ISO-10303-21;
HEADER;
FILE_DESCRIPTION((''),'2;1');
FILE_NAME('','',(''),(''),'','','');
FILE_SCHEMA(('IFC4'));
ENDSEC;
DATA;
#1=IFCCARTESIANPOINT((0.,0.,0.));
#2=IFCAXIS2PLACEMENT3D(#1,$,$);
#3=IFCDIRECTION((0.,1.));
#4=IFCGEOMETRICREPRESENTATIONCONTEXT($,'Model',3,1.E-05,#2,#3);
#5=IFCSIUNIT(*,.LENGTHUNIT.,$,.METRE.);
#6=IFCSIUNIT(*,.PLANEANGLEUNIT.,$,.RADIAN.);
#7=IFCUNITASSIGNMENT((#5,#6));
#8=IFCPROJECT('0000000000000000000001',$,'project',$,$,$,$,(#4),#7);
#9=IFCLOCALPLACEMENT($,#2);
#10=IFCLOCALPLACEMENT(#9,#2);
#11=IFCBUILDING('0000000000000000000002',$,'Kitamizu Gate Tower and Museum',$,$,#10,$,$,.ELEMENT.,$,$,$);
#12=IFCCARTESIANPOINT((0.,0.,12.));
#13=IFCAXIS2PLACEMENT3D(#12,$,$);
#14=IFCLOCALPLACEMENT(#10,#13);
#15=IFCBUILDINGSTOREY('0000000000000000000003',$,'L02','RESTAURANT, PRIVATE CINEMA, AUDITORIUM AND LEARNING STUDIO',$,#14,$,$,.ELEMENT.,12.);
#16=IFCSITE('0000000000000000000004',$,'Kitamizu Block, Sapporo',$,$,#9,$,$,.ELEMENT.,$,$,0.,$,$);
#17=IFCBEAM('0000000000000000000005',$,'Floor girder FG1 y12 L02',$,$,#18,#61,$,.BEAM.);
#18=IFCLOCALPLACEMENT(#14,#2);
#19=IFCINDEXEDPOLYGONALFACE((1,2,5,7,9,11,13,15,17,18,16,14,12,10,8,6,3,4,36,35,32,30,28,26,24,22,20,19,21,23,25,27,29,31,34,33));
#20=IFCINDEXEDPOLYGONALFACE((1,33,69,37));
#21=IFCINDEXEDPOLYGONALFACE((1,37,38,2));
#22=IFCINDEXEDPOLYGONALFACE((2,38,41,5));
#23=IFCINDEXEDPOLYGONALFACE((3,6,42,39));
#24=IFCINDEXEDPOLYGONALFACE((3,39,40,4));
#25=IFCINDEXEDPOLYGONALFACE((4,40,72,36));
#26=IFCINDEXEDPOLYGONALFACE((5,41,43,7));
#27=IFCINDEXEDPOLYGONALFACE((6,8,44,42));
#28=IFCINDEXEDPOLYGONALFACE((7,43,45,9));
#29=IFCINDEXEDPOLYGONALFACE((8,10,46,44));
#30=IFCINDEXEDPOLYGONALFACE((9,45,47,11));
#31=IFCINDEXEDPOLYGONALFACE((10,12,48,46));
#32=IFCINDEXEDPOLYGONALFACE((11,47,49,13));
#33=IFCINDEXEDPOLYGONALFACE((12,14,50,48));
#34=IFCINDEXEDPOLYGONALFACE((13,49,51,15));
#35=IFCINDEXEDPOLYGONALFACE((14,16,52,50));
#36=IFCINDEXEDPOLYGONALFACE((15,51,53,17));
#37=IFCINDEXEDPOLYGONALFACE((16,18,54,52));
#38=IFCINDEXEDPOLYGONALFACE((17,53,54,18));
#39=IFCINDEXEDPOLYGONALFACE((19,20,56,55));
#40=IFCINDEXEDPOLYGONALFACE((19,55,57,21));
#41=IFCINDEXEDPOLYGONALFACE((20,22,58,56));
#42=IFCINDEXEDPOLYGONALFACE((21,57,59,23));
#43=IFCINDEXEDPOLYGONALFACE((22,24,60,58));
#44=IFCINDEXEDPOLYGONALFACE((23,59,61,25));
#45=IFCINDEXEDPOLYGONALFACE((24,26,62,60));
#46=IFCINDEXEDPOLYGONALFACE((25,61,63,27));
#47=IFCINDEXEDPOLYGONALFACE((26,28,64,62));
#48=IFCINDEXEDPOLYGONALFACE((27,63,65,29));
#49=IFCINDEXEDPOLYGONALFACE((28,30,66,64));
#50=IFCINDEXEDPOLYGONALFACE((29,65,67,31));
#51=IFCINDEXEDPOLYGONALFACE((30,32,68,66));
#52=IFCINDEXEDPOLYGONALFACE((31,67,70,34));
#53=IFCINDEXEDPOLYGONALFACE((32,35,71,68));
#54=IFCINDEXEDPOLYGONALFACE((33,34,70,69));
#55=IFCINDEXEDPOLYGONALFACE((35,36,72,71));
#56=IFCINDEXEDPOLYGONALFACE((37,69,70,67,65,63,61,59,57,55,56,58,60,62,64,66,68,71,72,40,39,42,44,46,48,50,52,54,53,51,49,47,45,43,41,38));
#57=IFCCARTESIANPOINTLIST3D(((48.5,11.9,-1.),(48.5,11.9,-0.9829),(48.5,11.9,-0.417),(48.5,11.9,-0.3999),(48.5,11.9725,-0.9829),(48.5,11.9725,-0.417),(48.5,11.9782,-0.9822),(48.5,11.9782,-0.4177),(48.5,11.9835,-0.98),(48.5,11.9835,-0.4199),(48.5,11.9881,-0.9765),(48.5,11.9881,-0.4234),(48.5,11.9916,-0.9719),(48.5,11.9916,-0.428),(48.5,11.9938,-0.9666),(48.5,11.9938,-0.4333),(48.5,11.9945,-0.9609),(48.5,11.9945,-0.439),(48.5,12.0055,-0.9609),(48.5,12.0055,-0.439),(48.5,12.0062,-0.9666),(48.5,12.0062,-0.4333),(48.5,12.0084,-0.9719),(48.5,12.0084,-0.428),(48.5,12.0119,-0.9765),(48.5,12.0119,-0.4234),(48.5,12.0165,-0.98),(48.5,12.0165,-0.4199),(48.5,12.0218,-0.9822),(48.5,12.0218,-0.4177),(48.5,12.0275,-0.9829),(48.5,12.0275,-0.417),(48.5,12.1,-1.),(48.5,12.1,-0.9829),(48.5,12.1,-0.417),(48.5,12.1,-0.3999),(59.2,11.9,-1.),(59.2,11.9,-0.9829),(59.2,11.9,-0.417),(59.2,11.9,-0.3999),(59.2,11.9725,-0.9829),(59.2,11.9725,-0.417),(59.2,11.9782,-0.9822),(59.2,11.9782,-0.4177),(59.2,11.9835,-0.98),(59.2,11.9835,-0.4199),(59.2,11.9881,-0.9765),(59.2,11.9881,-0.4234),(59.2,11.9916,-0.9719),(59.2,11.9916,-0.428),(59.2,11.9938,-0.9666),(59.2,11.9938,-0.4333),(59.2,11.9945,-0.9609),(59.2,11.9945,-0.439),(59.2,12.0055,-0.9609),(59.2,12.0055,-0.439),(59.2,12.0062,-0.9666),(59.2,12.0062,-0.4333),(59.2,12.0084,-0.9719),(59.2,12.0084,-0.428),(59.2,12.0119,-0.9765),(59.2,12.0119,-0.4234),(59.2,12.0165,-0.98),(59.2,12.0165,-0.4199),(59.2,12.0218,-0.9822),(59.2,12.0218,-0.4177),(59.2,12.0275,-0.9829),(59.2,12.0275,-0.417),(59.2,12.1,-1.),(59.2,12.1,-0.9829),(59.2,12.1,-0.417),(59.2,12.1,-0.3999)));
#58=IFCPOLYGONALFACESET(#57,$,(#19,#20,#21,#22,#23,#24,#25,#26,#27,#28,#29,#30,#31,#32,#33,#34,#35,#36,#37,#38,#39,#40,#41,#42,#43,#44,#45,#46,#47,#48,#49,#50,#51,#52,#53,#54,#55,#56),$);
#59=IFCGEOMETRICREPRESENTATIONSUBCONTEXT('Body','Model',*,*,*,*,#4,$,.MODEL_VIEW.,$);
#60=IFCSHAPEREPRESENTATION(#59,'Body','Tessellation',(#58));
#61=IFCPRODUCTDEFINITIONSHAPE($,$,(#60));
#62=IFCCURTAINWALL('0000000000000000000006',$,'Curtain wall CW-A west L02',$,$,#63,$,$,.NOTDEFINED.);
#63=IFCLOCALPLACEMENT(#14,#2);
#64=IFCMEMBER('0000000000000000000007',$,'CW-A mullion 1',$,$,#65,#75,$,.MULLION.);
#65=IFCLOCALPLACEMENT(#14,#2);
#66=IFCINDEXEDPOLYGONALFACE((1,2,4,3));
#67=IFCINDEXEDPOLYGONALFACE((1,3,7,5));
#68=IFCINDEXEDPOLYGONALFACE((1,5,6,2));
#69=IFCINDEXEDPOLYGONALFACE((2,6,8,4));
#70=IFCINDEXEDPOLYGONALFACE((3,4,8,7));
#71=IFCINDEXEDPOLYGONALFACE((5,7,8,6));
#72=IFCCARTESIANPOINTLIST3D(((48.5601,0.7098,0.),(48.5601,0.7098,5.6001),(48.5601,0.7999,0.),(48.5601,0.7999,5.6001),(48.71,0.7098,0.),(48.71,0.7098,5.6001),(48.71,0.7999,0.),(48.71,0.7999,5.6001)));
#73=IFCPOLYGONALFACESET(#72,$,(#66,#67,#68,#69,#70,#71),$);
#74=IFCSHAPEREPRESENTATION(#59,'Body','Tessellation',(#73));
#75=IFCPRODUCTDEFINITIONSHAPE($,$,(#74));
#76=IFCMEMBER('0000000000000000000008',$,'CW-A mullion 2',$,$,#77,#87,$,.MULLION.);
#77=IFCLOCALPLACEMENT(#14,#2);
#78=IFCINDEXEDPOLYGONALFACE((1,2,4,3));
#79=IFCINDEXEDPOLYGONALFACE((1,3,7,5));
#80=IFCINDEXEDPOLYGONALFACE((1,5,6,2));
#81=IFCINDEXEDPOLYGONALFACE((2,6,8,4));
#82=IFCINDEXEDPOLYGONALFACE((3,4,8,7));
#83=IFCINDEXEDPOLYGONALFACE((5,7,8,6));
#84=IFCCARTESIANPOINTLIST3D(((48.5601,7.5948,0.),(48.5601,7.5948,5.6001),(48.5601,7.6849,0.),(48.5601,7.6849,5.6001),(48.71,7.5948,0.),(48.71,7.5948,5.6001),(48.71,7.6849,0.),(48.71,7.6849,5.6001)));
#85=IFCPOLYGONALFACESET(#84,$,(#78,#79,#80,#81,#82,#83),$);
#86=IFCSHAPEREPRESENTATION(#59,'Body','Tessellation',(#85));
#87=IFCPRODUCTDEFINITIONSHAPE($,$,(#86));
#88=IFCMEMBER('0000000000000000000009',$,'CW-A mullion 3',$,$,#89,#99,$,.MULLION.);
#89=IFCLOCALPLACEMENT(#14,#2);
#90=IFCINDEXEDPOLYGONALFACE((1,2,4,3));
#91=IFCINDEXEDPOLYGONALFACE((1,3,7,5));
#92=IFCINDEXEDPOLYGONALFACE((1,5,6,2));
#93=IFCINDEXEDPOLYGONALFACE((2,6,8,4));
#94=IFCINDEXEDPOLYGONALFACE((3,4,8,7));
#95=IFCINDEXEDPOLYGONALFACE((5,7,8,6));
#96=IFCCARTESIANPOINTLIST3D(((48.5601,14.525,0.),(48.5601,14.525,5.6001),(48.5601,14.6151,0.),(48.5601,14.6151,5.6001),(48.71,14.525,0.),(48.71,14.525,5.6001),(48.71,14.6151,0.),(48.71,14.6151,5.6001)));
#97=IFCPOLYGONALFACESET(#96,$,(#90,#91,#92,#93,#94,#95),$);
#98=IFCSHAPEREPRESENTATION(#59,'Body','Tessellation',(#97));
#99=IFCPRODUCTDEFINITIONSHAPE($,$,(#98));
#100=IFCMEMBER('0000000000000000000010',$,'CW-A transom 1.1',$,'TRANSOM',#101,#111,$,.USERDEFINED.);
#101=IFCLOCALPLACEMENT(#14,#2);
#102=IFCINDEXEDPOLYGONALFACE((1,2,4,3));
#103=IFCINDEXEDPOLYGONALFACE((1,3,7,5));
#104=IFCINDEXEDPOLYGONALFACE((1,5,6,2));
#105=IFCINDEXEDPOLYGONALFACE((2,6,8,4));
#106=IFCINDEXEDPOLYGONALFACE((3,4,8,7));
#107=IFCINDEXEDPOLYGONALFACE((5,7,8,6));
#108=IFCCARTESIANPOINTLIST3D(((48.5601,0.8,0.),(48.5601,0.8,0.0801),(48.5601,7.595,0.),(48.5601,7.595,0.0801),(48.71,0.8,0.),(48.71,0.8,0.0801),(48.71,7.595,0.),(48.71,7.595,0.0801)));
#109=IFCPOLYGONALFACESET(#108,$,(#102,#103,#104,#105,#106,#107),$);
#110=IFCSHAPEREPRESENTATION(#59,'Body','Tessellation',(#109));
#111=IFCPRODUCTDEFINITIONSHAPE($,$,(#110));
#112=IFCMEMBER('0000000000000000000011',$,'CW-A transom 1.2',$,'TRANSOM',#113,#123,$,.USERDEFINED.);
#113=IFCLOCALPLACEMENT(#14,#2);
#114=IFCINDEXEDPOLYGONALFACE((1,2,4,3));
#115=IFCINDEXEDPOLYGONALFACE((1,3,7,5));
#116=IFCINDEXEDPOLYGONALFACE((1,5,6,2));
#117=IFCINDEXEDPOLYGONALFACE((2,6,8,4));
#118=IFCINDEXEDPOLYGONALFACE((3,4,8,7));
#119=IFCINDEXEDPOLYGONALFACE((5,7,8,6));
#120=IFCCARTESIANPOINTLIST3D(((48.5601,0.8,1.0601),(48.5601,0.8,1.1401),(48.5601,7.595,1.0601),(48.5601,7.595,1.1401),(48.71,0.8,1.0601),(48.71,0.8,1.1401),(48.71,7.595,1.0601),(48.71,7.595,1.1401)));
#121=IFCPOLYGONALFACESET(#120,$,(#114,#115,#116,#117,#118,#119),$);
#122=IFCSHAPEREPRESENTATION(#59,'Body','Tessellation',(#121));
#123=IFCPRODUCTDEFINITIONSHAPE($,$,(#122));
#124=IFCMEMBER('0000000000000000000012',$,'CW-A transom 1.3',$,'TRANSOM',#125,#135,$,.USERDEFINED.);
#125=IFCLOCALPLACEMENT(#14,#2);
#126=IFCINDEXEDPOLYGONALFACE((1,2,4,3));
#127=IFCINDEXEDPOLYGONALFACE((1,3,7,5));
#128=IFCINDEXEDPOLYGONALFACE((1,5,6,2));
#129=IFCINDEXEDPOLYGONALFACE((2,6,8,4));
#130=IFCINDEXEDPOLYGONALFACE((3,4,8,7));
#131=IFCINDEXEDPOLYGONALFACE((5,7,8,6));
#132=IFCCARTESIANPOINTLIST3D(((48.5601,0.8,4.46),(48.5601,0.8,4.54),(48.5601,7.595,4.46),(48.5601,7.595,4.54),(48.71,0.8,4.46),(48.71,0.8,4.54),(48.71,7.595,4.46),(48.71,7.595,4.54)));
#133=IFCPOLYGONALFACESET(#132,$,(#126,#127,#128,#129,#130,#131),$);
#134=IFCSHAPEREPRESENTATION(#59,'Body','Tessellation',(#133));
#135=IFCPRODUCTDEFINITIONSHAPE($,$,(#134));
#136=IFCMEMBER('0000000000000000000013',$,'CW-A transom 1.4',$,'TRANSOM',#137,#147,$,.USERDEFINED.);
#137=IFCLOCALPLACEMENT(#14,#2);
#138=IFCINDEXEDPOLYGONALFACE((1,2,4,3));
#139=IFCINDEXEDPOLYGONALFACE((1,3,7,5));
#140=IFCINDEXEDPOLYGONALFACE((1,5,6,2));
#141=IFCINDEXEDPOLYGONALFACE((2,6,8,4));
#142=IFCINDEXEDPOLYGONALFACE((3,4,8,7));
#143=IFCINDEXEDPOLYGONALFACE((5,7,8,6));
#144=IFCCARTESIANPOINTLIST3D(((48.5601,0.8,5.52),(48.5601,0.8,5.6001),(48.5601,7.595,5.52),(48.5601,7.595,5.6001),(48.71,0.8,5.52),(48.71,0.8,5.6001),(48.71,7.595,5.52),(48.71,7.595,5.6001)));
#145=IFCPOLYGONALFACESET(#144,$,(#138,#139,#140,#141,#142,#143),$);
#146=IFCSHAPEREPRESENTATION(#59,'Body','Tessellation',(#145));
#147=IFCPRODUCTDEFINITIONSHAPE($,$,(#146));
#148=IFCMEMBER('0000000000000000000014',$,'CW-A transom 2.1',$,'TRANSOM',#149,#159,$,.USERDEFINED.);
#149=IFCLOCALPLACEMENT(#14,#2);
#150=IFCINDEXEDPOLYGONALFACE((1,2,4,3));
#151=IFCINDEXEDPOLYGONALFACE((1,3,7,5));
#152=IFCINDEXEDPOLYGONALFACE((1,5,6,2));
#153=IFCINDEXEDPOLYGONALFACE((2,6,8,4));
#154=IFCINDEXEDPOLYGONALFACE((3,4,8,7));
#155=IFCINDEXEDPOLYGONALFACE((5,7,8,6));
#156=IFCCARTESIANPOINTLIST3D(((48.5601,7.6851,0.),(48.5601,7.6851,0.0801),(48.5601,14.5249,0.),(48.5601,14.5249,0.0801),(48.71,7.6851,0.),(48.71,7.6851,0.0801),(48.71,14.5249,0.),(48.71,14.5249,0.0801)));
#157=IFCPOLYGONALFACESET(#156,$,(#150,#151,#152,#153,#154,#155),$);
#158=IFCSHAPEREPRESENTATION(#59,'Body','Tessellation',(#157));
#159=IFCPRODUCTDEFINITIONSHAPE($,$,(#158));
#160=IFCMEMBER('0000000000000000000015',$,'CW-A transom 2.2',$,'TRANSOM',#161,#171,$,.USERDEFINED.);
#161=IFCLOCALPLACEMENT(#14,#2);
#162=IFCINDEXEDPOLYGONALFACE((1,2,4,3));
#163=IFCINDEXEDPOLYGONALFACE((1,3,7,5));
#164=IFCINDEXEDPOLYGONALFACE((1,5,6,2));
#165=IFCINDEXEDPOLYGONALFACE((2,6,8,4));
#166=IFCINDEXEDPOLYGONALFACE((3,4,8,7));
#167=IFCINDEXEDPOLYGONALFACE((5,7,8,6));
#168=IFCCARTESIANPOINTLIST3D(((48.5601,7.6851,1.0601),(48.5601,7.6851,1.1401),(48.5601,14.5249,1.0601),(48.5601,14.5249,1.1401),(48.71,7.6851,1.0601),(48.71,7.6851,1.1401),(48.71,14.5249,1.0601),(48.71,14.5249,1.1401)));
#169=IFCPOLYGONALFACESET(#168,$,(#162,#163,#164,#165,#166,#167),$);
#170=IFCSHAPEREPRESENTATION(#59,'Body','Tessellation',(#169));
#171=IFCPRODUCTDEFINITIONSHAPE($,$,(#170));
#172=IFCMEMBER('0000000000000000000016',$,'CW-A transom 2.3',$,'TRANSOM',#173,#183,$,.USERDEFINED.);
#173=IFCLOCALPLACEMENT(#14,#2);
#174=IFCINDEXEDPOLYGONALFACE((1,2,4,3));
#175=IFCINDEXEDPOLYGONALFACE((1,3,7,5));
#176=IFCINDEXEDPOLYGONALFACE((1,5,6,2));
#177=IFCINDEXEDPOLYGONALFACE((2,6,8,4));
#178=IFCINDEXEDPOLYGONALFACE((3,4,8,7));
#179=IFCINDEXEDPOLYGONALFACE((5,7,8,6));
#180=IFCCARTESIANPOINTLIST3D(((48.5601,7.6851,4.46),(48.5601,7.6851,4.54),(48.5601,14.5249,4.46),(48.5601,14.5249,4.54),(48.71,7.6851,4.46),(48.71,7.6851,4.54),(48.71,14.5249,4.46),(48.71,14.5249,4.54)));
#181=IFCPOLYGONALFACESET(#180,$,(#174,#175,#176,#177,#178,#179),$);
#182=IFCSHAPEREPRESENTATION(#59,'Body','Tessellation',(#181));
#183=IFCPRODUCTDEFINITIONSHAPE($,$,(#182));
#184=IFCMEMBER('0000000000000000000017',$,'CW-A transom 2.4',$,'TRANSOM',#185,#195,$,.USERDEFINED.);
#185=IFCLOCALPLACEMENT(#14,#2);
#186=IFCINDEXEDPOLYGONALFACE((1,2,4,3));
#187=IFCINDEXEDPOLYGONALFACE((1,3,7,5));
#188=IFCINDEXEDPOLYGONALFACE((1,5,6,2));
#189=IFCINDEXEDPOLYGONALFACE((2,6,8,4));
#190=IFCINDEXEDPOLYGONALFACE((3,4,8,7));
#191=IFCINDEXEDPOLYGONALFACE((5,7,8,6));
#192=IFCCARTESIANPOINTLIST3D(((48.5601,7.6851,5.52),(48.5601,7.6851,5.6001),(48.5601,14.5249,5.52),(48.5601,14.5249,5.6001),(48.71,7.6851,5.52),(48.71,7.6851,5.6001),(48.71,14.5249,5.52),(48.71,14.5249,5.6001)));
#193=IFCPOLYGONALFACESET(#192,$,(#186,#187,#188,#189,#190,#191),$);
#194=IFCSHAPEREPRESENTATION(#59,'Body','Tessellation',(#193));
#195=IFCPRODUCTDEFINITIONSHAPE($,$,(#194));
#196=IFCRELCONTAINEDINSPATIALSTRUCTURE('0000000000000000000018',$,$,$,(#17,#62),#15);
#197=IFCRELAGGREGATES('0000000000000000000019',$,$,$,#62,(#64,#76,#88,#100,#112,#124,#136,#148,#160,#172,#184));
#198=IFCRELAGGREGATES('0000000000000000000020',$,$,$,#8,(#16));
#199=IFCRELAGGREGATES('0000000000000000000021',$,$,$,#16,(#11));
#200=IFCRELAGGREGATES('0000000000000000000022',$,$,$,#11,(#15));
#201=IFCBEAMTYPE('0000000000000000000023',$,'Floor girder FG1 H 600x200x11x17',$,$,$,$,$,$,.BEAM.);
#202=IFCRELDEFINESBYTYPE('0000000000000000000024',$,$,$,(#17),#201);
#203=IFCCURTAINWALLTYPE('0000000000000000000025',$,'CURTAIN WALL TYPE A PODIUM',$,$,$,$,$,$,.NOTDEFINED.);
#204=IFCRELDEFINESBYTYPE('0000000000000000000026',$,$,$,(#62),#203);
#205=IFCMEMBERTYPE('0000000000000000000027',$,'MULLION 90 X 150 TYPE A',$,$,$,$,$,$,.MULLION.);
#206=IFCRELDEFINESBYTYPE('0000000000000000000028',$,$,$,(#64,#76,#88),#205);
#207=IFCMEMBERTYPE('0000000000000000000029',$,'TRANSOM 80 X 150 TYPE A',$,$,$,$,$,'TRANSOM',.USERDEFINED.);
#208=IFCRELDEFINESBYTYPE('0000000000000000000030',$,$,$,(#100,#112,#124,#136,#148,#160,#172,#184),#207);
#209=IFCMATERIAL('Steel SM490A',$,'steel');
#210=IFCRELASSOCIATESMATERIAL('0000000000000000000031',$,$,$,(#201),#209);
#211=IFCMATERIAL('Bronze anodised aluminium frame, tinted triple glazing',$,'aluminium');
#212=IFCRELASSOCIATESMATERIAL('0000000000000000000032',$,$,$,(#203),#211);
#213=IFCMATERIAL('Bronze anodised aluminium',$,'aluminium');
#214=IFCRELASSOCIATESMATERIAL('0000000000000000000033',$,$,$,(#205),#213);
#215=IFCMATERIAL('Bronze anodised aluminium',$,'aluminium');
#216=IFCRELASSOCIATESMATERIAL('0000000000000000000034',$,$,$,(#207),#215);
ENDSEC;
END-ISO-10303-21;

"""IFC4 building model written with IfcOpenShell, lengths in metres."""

from ifc_helpers import new_model, si_unit, direction, frame, origin, origin_2d, place, context, subcontext, project, spatial, rectangle, i_section, extrude, material, material_profile, profile_set, type_object, element, aggregate, save


model = new_model("IFC4")

# Units and contexts
model_context = context("Model", 3, precision=1e-05, world=origin(), true_north=direction((0.0, 1.0)))
body_context = subcontext(model_context, "Body", "Model", "MODEL_VIEW")
ifc_project = project(units=[si_unit("LENGTHUNIT", "METRE"), si_unit("PLANEANGLEUNIT", "RADIAN")], contexts=[model_context])

# Site, building, storey
site_placement = place(None, origin())
site = spatial("IfcSite", under=ifc_project, at=site_placement, Name="Kitamizu Block, Sapporo", CompositionType="ELEMENT", RefElevation=0.0)
building_placement = place(site_placement, origin())
building = spatial("IfcBuilding", under=site, at=building_placement, Name="Kitamizu Gate Tower and Museum", CompositionType="ELEMENT")
storey_placement = place(building_placement, frame((0.0, 0.0, 12.0)))
storey = spatial("IfcBuildingStorey", under=building, at=storey_placement, Name="L02", Description="RESTAURANT, PRIVATE CINEMA, AUDITORIUM AND LEARNING STUDIO", CompositionType="ELEMENT", Elevation=12.0)

# Beam
ifc_material_1 = material(Name="Steel SM490A", Category="steel")
ifc_material_profile_1 = material_profile(ifc_material_1, i_section(OverallWidth=0.2, OverallDepth=0.6001, WebThickness=0.011, FlangeThickness=0.0171, FilletRadius=0.022, at=origin_2d()), Name="H-600x200x11x17")
ifc_profile_set_1 = profile_set([ifc_material_profile_1], Name="Steel SM490A")
beam_type = type_object("IfcBeamType", Name="Floor girder FG1 H 600x200x11x17", PredefinedType="BEAM", material=ifc_profile_set_1)
beam_placement = place(storey_placement, frame((48.5, 12.0, -0.7), z_axis=(1.0, 0.0, 0.0), x_axis=(0.0, 1.0, 0.0)))
element("IfcBeam", 1, at=beam_placement, inside=storey, type_object=beam_type, Name="Floor girder FG1 y12 L02", PredefinedType="BEAM", context=body_context, shape_type="SweptSolid", body=[
    extrude(i_section(OverallWidth=0.2, OverallDepth=0.6001, WebThickness=0.011, FlangeThickness=0.0171, FilletRadius=0.022, at=origin_2d()), origin(), (0.0, 0.0, 1.0), 10.7),
])

# Curtain wall, members
ifc_material_2 = material(Name="Bronze anodised aluminium frame, tinted triple glazing", Category="aluminium")
curtain_wall_type = type_object("IfcCurtainWallType", Name="CURTAIN WALL TYPE A PODIUM", PredefinedType="NOTDEFINED", material=ifc_material_2)
curtain_wall_placement = place(storey_placement, origin())
curtain_wall = element("IfcCurtainWall", 2, at=curtain_wall_placement, inside=storey, type_object=curtain_wall_type, Name="Curtain wall CW-A west L02", PredefinedType="NOTDEFINED")
ifc_material_3 = material(Name="Bronze anodised aluminium", Category="aluminium")
ifc_material_profile_2 = material_profile(ifc_material_3, rectangle(XDim=0.0901, YDim=0.1499, at=origin_2d()), Name="AL 90X150")
ifc_profile_set_2 = profile_set([ifc_material_profile_2], Name="Bronze anodised aluminium")
member_type_1 = type_object("IfcMemberType", Name="MULLION 90 X 150 TYPE A", PredefinedType="MULLION", material=ifc_profile_set_2)
member_1_placement = place(storey_placement, frame((48.635, 0.7549, 0.0), z_axis=(0.0, 0.0, 1.0), x_axis=(0.0, 1.0, 0.0)))
member_1 = element("IfcMember", 3, at=member_1_placement, type_object=member_type_1, Name="CW-A mullion 1", PredefinedType="MULLION", context=body_context, shape_type="SweptSolid", body=[
    extrude(rectangle(XDim=0.0901, YDim=0.1499, at=origin_2d()), origin(), (0.0, 0.0, 1.0), 5.6001),
])
member_2_placement = place(storey_placement, frame((48.635, 7.6399, 0.0), z_axis=(0.0, 0.0, 1.0), x_axis=(0.0, 1.0, 0.0)))
member_2 = element("IfcMember", 4, at=member_2_placement, type_object=member_type_1, Name="CW-A mullion 2", PredefinedType="MULLION", context=body_context, shape_type="SweptSolid", body=[
    extrude(rectangle(XDim=0.0901, YDim=0.1499, at=origin_2d()), origin(), (0.0, 0.0, 1.0), 5.6001),
])
member_3_placement = place(storey_placement, frame((48.635, 14.5701, 0.0), z_axis=(0.0, 0.0, 1.0), x_axis=(0.0, 1.0, 0.0)))
member_3 = element("IfcMember", 5, at=member_3_placement, type_object=member_type_1, Name="CW-A mullion 3", PredefinedType="MULLION", context=body_context, shape_type="SweptSolid", body=[
    extrude(rectangle(XDim=0.0901, YDim=0.1499, at=origin_2d()), origin(), (0.0, 0.0, 1.0), 5.6001),
])
ifc_material_4 = material(Name="Bronze anodised aluminium", Category="aluminium")
ifc_material_profile_3 = material_profile(ifc_material_4, rectangle(XDim=0.1499, YDim=0.0801, at=origin_2d()), Name="AL 80X150")
ifc_profile_set_3 = profile_set([ifc_material_profile_3], Name="Bronze anodised aluminium")
member_type_2 = type_object("IfcMemberType", Name="TRANSOM 80 X 150 TYPE A", ElementType="TRANSOM", PredefinedType="USERDEFINED", material=ifc_profile_set_3)
member_4_placement = place(storey_placement, frame((48.635, 0.8, 0.04), z_axis=(0.0, 1.0, 0.0), x_axis=(-1.0, 0.0, 0.0)))
member_4 = element("IfcMember", 6, at=member_4_placement, type_object=member_type_2, Name="CW-A transom 1.1", ObjectType="TRANSOM", PredefinedType="USERDEFINED", context=body_context, shape_type="SweptSolid", body=[
    extrude(rectangle(XDim=0.1499, YDim=0.0801, at=origin_2d()), origin(), (0.0, 0.0, 1.0), 6.7949),
])
member_5_placement = place(storey_placement, frame((48.635, 0.8, 1.1001), z_axis=(0.0, 1.0, 0.0), x_axis=(-1.0, 0.0, 0.0)))
member_5 = element("IfcMember", 7, at=member_5_placement, type_object=member_type_2, Name="CW-A transom 1.2", ObjectType="TRANSOM", PredefinedType="USERDEFINED", context=body_context, shape_type="SweptSolid", body=[
    extrude(rectangle(XDim=0.1499, YDim=0.0801, at=origin_2d()), origin(), (0.0, 0.0, 1.0), 6.7949),
])
member_6_placement = place(storey_placement, frame((48.635, 0.8, 4.5), z_axis=(0.0, 1.0, 0.0), x_axis=(-1.0, 0.0, 0.0)))
member_6 = element("IfcMember", 8, at=member_6_placement, type_object=member_type_2, Name="CW-A transom 1.3", ObjectType="TRANSOM", PredefinedType="USERDEFINED", context=body_context, shape_type="SweptSolid", body=[
    extrude(rectangle(XDim=0.1499, YDim=0.0801, at=origin_2d()), origin(), (0.0, 0.0, 1.0), 6.7949),
])
member_7_placement = place(storey_placement, frame((48.635, 0.8, 5.5601), z_axis=(0.0, 1.0, 0.0), x_axis=(-1.0, 0.0, 0.0)))
member_7 = element("IfcMember", 9, at=member_7_placement, type_object=member_type_2, Name="CW-A transom 1.4", ObjectType="TRANSOM", PredefinedType="USERDEFINED", context=body_context, shape_type="SweptSolid", body=[
    extrude(rectangle(XDim=0.1499, YDim=0.0801, at=origin_2d()), origin(), (0.0, 0.0, 1.0), 6.7949),
])
member_8_placement = place(storey_placement, frame((48.635, 7.6851, 0.04), z_axis=(0.0, 1.0, 0.0), x_axis=(-1.0, 0.0, 0.0)))
member_8 = element("IfcMember", 10, at=member_8_placement, type_object=member_type_2, Name="CW-A transom 2.1", ObjectType="TRANSOM", PredefinedType="USERDEFINED", context=body_context, shape_type="SweptSolid", body=[
    extrude(rectangle(XDim=0.1499, YDim=0.0801, at=origin_2d()), origin(), (0.0, 0.0, 1.0), 6.8398),
])
member_9_placement = place(storey_placement, frame((48.635, 7.6851, 1.1001), z_axis=(0.0, 1.0, 0.0), x_axis=(-1.0, 0.0, 0.0)))
member_9 = element("IfcMember", 11, at=member_9_placement, type_object=member_type_2, Name="CW-A transom 2.2", ObjectType="TRANSOM", PredefinedType="USERDEFINED", context=body_context, shape_type="SweptSolid", body=[
    extrude(rectangle(XDim=0.1499, YDim=0.0801, at=origin_2d()), origin(), (0.0, 0.0, 1.0), 6.8398),
])
member_10_placement = place(storey_placement, frame((48.635, 7.6851, 4.5), z_axis=(0.0, 1.0, 0.0), x_axis=(-1.0, 0.0, 0.0)))
member_10 = element("IfcMember", 12, at=member_10_placement, type_object=member_type_2, Name="CW-A transom 2.3", ObjectType="TRANSOM", PredefinedType="USERDEFINED", context=body_context, shape_type="SweptSolid", body=[
    extrude(rectangle(XDim=0.1499, YDim=0.0801, at=origin_2d()), origin(), (0.0, 0.0, 1.0), 6.8398),
])
member_11_placement = place(storey_placement, frame((48.635, 7.6851, 5.5601), z_axis=(0.0, 1.0, 0.0), x_axis=(-1.0, 0.0, 0.0)))
member_11 = element("IfcMember", 13, at=member_11_placement, type_object=member_type_2, Name="CW-A transom 2.4", ObjectType="TRANSOM", PredefinedType="USERDEFINED", context=body_context, shape_type="SweptSolid", body=[
    extrude(rectangle(XDim=0.1499, YDim=0.0801, at=origin_2d()), origin(), (0.0, 0.0, 1.0), 6.8398),
])
aggregate(curtain_wall, [member_1, member_2, member_3, member_4, member_5, member_6, member_7, member_8, member_9, member_10, member_11])

save(model, "model.ifc")
